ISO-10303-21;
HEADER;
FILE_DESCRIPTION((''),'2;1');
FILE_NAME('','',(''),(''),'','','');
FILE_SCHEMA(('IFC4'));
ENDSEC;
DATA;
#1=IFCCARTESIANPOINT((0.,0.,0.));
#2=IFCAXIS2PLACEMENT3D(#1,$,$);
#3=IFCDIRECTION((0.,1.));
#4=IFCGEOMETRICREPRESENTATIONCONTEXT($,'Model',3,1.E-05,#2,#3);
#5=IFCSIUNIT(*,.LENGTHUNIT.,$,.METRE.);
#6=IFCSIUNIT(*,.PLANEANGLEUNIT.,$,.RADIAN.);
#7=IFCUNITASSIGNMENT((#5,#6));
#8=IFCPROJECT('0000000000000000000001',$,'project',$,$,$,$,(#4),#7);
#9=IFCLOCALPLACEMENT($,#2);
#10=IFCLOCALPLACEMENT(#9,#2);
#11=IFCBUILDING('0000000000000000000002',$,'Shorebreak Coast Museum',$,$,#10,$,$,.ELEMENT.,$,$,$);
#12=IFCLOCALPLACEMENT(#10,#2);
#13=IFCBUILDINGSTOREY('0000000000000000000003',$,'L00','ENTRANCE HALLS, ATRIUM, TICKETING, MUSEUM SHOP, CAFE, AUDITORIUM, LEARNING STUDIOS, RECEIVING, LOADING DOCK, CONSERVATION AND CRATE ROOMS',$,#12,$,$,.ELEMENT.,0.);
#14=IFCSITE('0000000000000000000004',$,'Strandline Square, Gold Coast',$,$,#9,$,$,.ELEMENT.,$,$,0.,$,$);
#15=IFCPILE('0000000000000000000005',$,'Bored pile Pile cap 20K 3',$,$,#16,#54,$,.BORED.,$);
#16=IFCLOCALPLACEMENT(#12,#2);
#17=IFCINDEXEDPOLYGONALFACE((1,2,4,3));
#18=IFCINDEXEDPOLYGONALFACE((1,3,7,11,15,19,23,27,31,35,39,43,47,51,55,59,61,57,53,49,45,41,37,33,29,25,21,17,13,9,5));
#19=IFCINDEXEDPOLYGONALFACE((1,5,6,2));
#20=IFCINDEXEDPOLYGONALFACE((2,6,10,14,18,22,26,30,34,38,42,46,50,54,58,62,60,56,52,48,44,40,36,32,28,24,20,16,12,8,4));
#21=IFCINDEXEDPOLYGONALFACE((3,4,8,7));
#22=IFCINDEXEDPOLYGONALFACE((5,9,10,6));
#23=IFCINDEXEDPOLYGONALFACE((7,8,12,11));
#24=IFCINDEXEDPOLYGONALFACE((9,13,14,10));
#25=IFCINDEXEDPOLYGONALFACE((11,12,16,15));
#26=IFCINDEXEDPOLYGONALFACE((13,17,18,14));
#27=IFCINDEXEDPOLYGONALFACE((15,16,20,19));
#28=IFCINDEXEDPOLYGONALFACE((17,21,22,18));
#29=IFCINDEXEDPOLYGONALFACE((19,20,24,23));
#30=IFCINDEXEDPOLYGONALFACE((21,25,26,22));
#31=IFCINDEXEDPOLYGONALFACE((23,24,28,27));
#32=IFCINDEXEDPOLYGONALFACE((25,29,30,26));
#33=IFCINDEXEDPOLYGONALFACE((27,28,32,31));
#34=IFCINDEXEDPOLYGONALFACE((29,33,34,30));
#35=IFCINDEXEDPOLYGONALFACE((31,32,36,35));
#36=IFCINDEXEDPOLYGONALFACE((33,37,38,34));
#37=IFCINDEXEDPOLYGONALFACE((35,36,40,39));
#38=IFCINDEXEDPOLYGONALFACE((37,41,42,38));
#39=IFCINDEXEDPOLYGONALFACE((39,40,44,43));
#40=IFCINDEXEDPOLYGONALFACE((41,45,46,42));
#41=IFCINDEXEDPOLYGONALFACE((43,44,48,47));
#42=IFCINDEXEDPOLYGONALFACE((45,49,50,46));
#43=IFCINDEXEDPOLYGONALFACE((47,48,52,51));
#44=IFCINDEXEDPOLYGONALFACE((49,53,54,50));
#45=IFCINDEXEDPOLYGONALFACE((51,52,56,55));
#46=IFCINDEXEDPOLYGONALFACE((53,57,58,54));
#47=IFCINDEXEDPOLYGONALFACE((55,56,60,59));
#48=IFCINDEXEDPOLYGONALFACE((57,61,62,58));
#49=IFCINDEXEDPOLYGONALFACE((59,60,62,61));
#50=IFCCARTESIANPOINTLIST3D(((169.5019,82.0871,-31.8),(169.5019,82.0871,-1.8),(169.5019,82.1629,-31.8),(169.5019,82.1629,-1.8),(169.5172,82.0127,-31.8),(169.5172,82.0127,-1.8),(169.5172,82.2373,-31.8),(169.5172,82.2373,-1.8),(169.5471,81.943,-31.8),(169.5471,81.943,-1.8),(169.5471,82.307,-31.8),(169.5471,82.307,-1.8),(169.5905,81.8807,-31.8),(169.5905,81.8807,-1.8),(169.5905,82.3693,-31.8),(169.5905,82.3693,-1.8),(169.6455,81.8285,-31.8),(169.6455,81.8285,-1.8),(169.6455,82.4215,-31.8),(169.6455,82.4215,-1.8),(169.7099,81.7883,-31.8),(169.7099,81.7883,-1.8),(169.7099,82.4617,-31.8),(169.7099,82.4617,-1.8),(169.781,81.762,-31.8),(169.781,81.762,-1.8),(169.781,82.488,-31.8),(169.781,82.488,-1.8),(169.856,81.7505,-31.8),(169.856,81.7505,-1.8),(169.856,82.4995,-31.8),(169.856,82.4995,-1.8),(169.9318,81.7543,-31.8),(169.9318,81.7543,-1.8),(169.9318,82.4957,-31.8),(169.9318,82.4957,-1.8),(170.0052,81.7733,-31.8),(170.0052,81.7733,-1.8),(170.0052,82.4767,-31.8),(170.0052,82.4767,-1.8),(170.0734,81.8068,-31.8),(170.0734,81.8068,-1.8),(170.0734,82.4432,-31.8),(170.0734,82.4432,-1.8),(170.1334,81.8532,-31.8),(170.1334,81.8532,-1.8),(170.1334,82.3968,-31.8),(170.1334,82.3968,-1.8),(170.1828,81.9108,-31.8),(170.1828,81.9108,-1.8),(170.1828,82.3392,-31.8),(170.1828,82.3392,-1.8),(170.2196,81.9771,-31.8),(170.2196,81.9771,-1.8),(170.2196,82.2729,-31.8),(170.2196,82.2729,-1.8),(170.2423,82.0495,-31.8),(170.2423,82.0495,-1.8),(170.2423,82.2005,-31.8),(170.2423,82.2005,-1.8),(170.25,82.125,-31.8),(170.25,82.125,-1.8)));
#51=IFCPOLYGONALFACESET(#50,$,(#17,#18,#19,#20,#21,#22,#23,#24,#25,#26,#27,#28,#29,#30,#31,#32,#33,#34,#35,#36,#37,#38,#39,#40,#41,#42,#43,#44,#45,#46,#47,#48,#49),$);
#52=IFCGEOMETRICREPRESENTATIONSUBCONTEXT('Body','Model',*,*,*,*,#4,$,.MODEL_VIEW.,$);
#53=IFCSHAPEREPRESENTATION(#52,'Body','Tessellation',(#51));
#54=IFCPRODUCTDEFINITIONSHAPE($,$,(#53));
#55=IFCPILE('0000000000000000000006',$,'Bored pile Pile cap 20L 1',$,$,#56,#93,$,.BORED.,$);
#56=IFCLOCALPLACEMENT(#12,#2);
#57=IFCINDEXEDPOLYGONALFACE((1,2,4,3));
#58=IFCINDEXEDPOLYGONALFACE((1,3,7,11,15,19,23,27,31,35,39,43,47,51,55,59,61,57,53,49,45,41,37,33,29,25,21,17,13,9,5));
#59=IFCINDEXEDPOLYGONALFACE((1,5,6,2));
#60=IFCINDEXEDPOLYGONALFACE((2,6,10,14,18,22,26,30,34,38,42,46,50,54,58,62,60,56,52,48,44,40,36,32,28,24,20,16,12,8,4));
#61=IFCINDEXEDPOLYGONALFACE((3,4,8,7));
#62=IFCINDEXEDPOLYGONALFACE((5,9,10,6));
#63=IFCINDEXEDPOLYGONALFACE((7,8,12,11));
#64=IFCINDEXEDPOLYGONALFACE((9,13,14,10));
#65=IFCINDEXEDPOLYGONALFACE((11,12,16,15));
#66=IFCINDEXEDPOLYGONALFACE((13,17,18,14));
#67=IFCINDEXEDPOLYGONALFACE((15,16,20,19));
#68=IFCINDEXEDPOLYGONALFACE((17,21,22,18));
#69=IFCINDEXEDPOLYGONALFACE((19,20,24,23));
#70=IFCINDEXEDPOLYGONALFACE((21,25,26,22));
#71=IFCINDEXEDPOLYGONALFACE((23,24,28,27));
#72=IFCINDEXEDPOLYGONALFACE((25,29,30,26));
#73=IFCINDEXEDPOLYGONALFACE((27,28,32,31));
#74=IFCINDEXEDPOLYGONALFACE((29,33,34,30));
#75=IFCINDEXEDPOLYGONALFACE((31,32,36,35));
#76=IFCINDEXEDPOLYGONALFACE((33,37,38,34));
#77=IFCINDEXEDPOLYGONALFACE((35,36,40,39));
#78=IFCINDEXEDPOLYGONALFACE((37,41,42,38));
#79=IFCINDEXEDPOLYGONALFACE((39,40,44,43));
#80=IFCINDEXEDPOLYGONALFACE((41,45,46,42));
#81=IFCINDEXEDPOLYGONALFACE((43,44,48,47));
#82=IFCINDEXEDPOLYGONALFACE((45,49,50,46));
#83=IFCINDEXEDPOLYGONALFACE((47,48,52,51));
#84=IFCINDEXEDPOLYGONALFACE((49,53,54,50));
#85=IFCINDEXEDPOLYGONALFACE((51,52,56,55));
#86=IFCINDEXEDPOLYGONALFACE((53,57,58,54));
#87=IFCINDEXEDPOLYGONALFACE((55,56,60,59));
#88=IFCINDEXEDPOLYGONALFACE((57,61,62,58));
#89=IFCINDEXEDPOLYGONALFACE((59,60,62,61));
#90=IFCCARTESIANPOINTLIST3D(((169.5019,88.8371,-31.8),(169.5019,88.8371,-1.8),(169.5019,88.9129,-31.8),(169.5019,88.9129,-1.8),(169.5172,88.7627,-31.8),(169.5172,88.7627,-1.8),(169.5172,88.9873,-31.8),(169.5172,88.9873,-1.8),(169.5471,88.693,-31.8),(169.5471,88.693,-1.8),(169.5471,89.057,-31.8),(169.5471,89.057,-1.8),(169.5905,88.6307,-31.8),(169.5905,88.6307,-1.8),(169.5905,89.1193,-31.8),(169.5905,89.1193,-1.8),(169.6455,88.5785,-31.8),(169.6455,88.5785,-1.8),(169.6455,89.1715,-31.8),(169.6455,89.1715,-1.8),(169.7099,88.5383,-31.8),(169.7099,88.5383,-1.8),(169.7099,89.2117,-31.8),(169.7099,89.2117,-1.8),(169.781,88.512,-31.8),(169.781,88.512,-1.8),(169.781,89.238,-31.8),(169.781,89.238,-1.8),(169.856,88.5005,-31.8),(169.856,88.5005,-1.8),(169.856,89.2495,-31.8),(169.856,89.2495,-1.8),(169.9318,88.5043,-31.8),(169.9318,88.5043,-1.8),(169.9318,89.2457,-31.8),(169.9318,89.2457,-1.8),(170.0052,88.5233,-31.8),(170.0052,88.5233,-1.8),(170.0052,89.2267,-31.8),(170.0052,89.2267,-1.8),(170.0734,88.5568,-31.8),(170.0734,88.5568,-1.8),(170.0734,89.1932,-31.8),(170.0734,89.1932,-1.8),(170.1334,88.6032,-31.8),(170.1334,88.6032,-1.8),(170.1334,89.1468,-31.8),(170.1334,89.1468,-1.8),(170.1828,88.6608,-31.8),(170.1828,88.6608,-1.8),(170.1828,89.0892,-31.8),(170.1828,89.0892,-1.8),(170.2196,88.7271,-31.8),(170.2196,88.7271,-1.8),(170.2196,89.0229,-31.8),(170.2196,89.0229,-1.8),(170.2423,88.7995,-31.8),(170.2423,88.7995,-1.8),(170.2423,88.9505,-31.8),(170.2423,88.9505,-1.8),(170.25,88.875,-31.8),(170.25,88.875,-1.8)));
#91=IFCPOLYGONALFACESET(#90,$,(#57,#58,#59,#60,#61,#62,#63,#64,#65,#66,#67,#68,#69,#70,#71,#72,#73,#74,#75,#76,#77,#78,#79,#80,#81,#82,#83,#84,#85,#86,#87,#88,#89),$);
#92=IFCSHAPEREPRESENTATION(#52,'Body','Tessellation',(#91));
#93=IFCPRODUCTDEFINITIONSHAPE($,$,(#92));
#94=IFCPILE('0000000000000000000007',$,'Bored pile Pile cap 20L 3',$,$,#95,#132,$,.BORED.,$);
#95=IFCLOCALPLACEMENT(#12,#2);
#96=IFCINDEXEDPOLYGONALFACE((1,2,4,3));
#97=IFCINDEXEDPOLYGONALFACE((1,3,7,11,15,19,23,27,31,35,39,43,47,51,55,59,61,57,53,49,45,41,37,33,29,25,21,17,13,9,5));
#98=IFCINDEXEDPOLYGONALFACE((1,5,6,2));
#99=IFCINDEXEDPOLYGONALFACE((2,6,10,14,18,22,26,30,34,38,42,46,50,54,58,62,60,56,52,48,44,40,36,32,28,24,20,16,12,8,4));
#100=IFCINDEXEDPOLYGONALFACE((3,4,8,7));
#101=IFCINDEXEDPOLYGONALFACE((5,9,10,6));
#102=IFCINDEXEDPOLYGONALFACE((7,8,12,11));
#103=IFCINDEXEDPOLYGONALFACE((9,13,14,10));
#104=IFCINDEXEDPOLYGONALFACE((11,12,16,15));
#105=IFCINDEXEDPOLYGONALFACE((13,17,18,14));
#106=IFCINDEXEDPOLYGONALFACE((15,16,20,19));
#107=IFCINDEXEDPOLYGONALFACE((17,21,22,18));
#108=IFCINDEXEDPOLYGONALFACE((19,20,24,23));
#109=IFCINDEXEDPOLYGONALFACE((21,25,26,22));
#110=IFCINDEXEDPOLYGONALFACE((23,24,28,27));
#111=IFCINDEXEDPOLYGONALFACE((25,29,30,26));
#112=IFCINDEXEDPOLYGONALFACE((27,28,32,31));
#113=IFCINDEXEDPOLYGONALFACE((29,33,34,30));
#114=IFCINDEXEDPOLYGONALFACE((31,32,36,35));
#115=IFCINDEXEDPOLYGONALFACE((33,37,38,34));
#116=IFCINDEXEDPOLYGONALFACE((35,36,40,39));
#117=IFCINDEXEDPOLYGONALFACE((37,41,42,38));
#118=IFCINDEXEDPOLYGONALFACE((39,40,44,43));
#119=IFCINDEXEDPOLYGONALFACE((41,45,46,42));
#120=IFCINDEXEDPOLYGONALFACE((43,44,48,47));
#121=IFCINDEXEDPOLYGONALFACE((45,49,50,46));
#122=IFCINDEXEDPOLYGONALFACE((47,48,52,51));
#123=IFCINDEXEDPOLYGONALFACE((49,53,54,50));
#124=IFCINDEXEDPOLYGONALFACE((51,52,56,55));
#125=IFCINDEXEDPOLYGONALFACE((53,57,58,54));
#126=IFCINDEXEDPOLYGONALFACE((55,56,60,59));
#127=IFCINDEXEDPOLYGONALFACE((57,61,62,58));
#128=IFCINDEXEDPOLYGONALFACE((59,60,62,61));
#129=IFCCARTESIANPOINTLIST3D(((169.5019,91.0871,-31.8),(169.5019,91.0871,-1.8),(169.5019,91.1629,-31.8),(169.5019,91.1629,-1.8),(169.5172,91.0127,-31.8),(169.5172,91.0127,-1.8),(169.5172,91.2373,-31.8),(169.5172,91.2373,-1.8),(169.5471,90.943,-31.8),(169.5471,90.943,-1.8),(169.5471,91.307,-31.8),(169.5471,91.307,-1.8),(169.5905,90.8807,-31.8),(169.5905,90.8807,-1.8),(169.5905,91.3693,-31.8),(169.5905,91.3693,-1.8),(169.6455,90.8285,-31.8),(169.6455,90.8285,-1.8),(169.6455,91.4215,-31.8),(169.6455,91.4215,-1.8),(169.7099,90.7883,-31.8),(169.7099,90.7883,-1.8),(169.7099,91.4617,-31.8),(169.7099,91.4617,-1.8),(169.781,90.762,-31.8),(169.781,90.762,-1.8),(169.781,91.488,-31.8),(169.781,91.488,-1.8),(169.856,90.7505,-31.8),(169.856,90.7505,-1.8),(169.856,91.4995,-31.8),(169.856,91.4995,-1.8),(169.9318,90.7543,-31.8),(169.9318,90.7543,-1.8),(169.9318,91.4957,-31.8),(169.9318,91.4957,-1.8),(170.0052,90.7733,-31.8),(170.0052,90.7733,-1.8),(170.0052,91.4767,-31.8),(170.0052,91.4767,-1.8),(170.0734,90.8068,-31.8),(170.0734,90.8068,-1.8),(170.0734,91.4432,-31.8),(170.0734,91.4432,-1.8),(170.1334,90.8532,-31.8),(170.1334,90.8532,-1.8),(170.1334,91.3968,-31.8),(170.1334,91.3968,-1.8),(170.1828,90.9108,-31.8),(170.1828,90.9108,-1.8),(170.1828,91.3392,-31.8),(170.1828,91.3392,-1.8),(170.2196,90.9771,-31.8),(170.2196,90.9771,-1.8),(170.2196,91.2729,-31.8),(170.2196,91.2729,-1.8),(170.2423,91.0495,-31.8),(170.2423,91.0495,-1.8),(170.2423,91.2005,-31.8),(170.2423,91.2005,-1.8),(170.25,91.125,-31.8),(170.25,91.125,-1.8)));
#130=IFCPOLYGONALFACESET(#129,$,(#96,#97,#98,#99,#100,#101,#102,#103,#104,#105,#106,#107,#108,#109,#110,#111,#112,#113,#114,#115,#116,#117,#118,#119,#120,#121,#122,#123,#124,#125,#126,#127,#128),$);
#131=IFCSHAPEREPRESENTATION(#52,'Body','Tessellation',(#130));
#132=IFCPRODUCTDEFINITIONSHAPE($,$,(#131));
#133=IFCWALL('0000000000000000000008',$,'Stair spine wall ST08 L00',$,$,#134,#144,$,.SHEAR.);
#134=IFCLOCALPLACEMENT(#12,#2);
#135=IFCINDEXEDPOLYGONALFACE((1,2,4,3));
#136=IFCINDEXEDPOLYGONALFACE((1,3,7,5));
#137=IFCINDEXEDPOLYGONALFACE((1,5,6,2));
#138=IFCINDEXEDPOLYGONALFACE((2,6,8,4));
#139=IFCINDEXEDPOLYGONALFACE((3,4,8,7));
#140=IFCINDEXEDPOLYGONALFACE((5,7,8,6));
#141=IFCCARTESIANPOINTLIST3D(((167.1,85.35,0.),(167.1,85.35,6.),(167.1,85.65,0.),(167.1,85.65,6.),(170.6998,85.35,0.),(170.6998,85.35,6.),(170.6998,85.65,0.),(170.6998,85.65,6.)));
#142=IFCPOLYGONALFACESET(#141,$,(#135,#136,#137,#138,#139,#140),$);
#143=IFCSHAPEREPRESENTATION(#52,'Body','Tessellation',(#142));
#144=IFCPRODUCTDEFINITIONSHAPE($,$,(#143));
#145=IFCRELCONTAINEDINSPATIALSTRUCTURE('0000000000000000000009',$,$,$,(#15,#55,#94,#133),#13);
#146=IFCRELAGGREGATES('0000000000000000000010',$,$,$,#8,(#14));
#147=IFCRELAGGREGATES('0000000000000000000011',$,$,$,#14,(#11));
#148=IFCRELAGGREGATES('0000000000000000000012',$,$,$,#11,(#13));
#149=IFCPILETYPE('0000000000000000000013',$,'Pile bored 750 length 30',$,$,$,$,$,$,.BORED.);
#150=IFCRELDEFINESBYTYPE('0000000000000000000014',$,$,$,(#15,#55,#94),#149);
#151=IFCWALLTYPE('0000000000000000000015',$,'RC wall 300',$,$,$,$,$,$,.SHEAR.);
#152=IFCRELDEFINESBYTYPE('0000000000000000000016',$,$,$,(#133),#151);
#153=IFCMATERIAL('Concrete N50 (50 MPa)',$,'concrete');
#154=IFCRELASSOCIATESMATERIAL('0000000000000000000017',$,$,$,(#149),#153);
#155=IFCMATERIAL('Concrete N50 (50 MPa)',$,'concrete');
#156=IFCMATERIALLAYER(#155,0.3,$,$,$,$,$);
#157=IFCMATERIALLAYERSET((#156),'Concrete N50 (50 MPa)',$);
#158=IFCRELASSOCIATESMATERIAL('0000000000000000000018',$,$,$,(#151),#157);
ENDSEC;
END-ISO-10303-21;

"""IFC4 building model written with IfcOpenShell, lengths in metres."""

from ifc_helpers import new_model, si_unit, direction, frame, frame_2d, origin, origin_2d, place, context, subcontext, project, spatial, rectangle, circle, extrude, material, layer, layer_set, material_profile, profile_set, type_object, element, save


model = new_model("IFC4")

# Units and contexts
model_context = context("Model", 3, precision=1e-05, world=origin(), true_north=direction((0.0, 1.0)))
body_context = subcontext(model_context, "Body", "Model", "MODEL_VIEW")
ifc_project = project(units=[si_unit("LENGTHUNIT", "METRE"), si_unit("PLANEANGLEUNIT", "RADIAN")], contexts=[model_context])

# Site, building, storey
site_placement = place(None, origin())
site = spatial("IfcSite", under=ifc_project, at=site_placement, Name="Strandline Square, Gold Coast", CompositionType="ELEMENT", RefElevation=0.0)
building_placement = place(site_placement, origin())
building = spatial("IfcBuilding", under=site, at=building_placement, Name="Shorebreak Coast Museum", CompositionType="ELEMENT")
storey_placement = place(building_placement, origin())
storey = spatial("IfcBuildingStorey", under=building, at=storey_placement, Name="L00", Description="ENTRANCE HALLS, ATRIUM, TICKETING, MUSEUM SHOP, CAFE, AUDITORIUM, LEARNING STUDIOS, RECEIVING, LOADING DOCK, CONSERVATION AND CRATE ROOMS", CompositionType="ELEMENT", Elevation=0.0)

# Piles
ifc_material_1 = material(Name="Concrete N50 (50 MPa)", Category="concrete")
ifc_material_profile_1 = material_profile(ifc_material_1, circle(Radius=0.375, at=origin_2d()), Name="Pile bored 750 length 30")
ifc_profile_set_1 = profile_set([ifc_material_profile_1], Name="Concrete N50 (50 MPa)")
pile_type_1 = type_object("IfcPileType", Name="Pile bored 750 length 30", PredefinedType="BORED", material=ifc_profile_set_1)
for number, where, z_axis, x_axis, name in (
    (1, (169.875, 82.125, -1.8), (0.0, 0.0, -1.0), (1.0, 0.0, 0.0), "Bored pile Pile cap 20K 3"),
    (2, (169.875, 88.875, -1.8), (0.0, 0.0, -1.0), (1.0, 0.0, 0.0), "Bored pile Pile cap 20L 1"),
    (3, (169.875, 91.125, -1.8), (0.0, 0.0, -1.0), (1.0, 0.0, 0.0), "Bored pile Pile cap 20L 3"),
):
    element("IfcPile", number, at=place(storey_placement, frame(where, z_axis=z_axis, x_axis=x_axis)), inside=storey, type_object=pile_type_1, Name=name, PredefinedType="BORED", context=body_context, shape_type="SweptSolid", body=[
        extrude(circle(Radius=0.375, at=origin_2d()), origin(), (0.0, 0.0, 1.0), 30.0),
    ])

# Wall
ifc_material_2 = material(Name="Concrete N50 (50 MPa)", Category="concrete")
ifc_layer_1 = layer(ifc_material_2, 0.3)
ifc_layer_set_1 = layer_set([ifc_layer_1], Name="Concrete N50 (50 MPa)")
wall_type = type_object("IfcWallType", Name="RC wall 300", PredefinedType="SHEAR", material=ifc_layer_set_1)
wall_placement = place(storey_placement, frame((167.1001, 85.5, 0.0), z_axis=(0.0, 0.0, 1.0), x_axis=(1.0, 0.0, 0.0)))
element("IfcWall", 4, at=wall_placement, inside=storey, type_object=wall_type, Name="Stair spine wall ST08 L00", PredefinedType="SHEAR", context=body_context, shape_type="SweptSolid", body=[
    extrude(rectangle(XDim=3.5999, YDim=0.3, at=frame_2d((1.7998, 0.0))), origin(), (0.0, 0.0, 1.0), 6.0),
])

save(model, "model.ifc")
